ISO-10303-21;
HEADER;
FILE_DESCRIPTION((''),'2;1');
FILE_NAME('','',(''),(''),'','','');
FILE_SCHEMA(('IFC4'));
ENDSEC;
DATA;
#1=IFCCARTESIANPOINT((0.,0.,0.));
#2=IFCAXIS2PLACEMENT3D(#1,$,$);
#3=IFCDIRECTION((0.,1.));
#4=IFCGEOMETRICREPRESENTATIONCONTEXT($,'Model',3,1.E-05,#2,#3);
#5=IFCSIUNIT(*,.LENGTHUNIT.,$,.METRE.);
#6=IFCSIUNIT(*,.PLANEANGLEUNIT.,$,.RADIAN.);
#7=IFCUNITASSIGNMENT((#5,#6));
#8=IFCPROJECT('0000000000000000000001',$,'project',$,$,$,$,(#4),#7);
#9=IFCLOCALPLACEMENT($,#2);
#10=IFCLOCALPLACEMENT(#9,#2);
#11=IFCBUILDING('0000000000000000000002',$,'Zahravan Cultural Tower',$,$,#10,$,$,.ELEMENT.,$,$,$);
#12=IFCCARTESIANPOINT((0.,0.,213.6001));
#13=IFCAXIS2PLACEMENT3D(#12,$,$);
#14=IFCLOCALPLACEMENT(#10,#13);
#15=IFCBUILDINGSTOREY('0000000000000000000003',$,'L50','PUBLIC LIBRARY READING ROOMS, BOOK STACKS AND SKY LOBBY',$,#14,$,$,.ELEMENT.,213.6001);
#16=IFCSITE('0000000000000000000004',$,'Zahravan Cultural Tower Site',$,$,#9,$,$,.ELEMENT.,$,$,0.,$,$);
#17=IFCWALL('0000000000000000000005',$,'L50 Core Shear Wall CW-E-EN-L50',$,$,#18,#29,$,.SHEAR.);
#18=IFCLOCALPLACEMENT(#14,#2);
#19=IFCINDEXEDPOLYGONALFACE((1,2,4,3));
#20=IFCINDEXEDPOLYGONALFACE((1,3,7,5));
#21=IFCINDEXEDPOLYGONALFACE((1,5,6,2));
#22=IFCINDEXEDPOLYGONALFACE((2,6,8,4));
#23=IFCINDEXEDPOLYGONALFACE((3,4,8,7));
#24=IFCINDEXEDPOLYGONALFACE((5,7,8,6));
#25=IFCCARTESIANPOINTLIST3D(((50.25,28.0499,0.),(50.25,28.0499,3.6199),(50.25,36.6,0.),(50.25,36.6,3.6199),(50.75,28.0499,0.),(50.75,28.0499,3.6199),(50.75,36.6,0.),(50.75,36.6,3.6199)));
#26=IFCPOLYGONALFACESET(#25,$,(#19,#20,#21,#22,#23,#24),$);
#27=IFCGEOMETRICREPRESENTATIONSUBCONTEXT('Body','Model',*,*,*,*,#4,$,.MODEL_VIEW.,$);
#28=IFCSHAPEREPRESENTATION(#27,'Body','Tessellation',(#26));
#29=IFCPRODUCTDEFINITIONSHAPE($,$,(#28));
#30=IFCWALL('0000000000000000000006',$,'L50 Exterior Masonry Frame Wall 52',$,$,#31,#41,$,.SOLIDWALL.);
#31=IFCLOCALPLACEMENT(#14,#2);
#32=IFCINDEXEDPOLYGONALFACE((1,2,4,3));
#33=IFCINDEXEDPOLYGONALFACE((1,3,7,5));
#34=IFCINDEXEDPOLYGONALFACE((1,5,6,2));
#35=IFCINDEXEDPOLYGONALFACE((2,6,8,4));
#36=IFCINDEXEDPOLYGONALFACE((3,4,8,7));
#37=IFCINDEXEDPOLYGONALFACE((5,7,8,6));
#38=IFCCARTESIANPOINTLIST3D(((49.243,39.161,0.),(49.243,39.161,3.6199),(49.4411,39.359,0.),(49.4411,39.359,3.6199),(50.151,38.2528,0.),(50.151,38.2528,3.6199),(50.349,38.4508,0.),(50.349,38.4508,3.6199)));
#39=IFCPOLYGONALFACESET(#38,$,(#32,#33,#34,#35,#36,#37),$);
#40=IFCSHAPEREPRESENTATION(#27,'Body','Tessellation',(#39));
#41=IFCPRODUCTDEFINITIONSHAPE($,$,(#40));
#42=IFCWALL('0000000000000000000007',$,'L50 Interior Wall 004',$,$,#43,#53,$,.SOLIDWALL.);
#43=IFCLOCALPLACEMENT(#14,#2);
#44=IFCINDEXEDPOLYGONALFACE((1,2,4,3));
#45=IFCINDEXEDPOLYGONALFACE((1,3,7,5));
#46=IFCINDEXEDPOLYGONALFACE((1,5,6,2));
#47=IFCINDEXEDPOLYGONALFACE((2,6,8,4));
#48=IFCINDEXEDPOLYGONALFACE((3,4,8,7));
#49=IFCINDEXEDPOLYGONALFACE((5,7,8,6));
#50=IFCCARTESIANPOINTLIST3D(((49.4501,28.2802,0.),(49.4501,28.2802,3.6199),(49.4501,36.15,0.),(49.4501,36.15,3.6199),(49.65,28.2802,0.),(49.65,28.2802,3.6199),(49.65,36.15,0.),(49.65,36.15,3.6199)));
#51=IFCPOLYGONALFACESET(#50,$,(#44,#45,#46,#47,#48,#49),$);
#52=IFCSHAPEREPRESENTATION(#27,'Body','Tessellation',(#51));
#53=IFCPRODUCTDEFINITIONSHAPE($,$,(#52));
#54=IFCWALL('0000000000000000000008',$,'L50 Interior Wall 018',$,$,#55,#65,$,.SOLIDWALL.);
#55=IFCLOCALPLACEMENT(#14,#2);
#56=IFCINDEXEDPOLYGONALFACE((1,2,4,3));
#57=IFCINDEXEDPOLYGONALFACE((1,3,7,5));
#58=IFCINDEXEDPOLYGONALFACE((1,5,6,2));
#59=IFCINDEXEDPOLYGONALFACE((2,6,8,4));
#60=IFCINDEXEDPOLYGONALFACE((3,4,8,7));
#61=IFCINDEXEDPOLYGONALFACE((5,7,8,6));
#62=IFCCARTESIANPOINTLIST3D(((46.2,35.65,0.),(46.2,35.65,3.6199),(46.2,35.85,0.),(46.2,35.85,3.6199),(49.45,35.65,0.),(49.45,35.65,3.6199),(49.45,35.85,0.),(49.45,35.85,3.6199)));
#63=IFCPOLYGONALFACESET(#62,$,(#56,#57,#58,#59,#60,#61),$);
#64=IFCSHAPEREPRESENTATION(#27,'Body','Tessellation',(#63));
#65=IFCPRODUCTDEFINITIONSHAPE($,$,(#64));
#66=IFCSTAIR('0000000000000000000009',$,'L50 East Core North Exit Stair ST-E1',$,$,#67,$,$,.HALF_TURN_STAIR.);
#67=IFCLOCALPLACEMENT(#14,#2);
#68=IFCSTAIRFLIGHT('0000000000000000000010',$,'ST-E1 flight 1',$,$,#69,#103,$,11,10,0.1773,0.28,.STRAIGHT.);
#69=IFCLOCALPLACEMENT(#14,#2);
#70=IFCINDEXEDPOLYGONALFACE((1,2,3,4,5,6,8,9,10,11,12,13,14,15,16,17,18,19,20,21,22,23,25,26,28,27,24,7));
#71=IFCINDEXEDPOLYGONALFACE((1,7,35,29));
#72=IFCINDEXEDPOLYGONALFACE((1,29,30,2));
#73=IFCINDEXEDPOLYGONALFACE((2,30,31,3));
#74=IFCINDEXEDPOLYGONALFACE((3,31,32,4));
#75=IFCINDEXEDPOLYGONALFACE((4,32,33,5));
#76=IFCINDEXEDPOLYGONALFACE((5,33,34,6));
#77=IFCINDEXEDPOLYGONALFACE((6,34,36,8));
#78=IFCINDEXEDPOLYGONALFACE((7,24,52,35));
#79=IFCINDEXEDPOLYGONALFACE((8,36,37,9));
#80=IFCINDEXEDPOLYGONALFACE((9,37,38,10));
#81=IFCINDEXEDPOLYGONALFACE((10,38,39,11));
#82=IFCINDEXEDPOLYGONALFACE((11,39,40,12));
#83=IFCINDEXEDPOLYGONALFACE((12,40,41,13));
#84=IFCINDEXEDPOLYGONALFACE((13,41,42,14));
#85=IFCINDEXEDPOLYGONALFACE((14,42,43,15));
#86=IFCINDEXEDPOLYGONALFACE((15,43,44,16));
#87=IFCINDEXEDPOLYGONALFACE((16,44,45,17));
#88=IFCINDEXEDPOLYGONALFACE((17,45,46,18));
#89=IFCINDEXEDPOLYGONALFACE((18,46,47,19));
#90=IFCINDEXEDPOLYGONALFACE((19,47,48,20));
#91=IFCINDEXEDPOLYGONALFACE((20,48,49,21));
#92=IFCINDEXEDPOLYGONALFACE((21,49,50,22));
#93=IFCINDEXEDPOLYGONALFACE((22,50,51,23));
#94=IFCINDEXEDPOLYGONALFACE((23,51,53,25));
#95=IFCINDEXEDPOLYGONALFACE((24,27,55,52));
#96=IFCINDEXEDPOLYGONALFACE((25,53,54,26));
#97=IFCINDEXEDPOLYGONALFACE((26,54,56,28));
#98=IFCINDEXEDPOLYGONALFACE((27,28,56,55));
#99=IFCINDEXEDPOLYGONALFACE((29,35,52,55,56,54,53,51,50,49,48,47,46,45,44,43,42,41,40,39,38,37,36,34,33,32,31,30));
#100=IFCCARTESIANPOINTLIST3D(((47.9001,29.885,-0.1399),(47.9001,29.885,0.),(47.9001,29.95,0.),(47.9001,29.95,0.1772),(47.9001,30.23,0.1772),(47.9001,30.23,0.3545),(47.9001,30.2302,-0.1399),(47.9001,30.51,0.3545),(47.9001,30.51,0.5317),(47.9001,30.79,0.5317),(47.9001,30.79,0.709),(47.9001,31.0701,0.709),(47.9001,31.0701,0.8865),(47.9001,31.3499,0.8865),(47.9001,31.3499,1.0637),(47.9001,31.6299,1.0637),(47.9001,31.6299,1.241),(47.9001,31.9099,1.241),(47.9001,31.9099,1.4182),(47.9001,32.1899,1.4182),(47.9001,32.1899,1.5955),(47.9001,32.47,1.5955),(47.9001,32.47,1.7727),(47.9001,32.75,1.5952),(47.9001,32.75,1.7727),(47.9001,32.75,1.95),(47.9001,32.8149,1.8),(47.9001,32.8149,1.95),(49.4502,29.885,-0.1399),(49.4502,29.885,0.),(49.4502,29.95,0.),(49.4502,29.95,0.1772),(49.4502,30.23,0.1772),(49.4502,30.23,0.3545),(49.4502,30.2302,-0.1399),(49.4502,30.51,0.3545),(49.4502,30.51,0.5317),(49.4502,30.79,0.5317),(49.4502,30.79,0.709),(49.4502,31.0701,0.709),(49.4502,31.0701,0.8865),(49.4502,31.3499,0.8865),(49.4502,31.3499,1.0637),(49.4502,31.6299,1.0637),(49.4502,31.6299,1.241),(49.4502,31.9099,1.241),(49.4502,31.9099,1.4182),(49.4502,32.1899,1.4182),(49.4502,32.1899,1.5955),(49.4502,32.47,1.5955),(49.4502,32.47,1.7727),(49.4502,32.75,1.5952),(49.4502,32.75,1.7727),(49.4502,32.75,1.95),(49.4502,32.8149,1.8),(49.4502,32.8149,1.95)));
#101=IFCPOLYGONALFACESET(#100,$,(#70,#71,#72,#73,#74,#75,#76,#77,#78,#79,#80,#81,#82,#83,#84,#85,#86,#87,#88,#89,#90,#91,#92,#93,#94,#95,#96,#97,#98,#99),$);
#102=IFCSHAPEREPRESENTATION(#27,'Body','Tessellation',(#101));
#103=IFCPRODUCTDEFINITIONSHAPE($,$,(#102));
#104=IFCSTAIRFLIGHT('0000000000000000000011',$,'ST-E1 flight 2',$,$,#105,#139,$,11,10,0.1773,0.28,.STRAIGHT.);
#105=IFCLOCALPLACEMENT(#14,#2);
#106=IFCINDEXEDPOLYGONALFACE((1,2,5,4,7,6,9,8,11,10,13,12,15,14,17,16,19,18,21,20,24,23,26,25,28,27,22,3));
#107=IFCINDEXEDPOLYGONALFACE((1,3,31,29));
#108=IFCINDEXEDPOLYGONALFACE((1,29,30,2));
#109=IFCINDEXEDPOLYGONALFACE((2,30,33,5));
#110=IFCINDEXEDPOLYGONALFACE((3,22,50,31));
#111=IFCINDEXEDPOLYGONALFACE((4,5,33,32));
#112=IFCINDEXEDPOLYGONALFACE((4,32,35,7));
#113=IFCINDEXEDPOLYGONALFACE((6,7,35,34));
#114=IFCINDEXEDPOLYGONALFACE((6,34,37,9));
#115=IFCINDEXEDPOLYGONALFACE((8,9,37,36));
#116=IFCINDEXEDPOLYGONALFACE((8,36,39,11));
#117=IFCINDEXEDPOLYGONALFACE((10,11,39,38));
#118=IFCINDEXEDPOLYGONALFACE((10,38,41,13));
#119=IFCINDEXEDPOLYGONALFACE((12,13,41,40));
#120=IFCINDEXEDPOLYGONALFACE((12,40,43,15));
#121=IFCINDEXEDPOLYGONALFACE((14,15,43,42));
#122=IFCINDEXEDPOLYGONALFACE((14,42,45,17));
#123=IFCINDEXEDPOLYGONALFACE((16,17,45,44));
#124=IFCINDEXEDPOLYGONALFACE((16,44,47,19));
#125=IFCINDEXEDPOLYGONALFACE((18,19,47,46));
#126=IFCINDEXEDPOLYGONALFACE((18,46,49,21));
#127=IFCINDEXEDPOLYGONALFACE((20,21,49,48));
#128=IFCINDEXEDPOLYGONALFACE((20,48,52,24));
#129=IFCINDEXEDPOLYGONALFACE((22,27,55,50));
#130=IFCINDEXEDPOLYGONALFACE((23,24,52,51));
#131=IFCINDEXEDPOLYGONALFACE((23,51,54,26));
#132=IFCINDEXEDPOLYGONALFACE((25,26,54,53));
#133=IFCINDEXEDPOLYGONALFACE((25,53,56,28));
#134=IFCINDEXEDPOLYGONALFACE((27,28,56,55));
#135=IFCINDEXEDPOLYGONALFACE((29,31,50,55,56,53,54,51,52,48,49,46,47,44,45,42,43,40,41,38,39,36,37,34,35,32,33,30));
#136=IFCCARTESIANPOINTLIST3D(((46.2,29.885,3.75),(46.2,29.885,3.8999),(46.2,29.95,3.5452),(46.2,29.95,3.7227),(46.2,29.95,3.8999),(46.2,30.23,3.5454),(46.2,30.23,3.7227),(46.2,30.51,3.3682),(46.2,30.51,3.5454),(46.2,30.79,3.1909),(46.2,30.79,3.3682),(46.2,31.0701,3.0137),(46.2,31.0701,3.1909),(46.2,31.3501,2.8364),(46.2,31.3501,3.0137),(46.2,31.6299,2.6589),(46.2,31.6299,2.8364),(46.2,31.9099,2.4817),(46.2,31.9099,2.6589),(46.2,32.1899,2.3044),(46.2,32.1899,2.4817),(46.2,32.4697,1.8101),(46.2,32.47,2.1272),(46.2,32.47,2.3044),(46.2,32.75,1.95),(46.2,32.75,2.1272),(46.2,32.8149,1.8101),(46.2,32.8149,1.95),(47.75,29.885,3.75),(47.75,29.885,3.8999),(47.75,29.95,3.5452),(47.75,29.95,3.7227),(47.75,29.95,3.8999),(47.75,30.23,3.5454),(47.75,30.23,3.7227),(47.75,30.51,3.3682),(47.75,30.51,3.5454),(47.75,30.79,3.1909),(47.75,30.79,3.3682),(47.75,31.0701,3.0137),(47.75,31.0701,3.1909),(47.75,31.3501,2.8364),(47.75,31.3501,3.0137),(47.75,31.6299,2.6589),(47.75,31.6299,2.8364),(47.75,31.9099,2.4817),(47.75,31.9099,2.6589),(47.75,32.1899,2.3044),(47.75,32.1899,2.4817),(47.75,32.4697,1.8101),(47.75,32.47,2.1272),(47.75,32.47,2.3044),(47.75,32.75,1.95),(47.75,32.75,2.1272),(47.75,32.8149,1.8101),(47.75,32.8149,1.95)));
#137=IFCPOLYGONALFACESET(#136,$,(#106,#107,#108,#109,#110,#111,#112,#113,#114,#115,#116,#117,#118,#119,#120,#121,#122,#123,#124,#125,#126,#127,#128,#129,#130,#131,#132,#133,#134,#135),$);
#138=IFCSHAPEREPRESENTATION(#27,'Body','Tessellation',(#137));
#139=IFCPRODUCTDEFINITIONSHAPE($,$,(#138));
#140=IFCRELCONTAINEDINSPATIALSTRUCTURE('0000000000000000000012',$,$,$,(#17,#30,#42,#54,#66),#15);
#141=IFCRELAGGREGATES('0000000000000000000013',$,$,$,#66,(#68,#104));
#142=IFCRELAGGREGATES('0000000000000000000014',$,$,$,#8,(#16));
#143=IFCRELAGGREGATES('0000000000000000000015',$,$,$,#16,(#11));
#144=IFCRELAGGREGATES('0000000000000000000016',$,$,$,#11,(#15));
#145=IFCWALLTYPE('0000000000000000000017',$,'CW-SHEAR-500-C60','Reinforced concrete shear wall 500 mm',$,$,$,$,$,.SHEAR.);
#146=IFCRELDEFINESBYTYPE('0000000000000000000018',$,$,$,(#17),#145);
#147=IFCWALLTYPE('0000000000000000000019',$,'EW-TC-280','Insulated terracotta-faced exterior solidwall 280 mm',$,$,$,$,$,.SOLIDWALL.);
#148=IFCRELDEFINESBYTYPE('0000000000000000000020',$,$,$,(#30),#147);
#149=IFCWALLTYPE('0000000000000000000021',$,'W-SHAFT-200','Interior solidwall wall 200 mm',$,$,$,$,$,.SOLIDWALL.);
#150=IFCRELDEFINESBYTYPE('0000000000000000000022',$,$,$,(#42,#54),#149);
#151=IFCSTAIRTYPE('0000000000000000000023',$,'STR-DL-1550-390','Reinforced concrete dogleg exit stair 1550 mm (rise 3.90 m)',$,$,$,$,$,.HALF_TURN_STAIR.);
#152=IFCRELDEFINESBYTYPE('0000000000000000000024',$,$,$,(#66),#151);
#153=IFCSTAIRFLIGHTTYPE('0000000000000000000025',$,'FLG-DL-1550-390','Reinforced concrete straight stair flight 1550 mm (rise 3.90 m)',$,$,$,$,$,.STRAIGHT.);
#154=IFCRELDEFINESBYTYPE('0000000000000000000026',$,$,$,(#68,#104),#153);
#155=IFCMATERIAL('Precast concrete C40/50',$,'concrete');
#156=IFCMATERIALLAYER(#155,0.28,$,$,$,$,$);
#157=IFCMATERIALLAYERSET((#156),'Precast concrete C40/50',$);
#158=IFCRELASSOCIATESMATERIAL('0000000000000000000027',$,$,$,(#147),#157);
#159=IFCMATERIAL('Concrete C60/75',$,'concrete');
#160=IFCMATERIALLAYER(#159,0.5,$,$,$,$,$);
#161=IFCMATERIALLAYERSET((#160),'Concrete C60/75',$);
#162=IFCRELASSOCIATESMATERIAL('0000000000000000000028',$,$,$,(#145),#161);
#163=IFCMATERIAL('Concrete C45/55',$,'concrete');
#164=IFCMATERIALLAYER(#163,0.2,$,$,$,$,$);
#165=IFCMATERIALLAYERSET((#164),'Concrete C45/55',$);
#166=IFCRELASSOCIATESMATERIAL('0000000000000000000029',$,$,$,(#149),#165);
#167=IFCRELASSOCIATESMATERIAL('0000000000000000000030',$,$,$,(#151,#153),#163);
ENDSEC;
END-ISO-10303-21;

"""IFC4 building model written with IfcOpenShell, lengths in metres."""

from ifc_helpers import new_model, si_unit, direction, frame, frame_2d, origin, place, context, subcontext, project, spatial, polyline, rectangle, outline, extrude, source, transform, mapped, material, layer, layer_set, type_object, element, aggregate, save


model = new_model("IFC4")

# Units and contexts
model_context = context("Model", 3, precision=1e-05, world=origin(), true_north=direction((0.0, 1.0)))
body_context = subcontext(model_context, "Body", "Model", "MODEL_VIEW")
ifc_project = project(units=[si_unit("LENGTHUNIT", "METRE"), si_unit("PLANEANGLEUNIT", "RADIAN")], contexts=[model_context])

# Site, building, storey
site_placement = place(None, origin())
site = spatial("IfcSite", under=ifc_project, at=site_placement, Name="Zahravan Cultural Tower Site", CompositionType="ELEMENT", RefElevation=0.0)
building_placement = place(site_placement, origin())
building = spatial("IfcBuilding", under=site, at=building_placement, Name="Zahravan Cultural Tower", CompositionType="ELEMENT")
storey_placement = place(building_placement, frame((0.0, 0.0, 213.6001)))
storey = spatial("IfcBuildingStorey", under=building, at=storey_placement, Name="L50", Description="PUBLIC LIBRARY READING ROOMS, BOOK STACKS AND SKY LOBBY", CompositionType="ELEMENT", Elevation=213.6001)

# Shared definitions
ifc_material_1 = material(Name="Precast concrete C40/50", Category="concrete")
ifc_layer_1 = layer(ifc_material_1, 0.28)
ifc_layer_set_1 = layer_set([ifc_layer_1], Name="Precast concrete C40/50")
wall_type_1 = type_object("IfcWallType", Name="EW-TC-280", Description="Insulated terracotta-faced exterior solidwall 280 mm", PredefinedType="SOLIDWALL", material=ifc_layer_set_1)

# Walls
ifc_material_2 = material(Name="Concrete C60/75", Category="concrete")
ifc_layer_2 = layer(ifc_material_2, 0.5)
ifc_layer_set_2 = layer_set([ifc_layer_2], Name="Concrete C60/75")
wall_type_2 = type_object("IfcWallType", Name="CW-SHEAR-500-C60", Description="Reinforced concrete shear wall 500 mm", PredefinedType="SHEAR", material=ifc_layer_set_2)
shared_shape_1 = source(origin(), body_context, "Body", "SweptSolid", [
    extrude(rectangle(XDim=8.55, YDim=0.5, at=frame_2d((4.2749, 0.0))), origin(), (0.0, 0.0, 1.0), 3.6199),
])
wall_1_placement = place(storey_placement, frame((50.5, 28.05, 0.0), z_axis=(0.0, 0.0, 1.0), x_axis=(0.0, 1.0, 0.0)))
element("IfcWall", 1, at=wall_1_placement, inside=storey, type_object=wall_type_2, Name="L50 Core Shear Wall CW-E-EN-L50", PredefinedType="SHEAR", context=body_context, shape_type="MappedRepresentation", body=[
    mapped(shared_shape_1, transform((0.0, 0.0, 0.0), x_axis=(1.0, 0.0, 0.0), y_axis=(0.0, 1.0, 0.0), z_axis=(0.0, 0.0, 1.0), scale=1.0)),
])
shared_shape_2 = source(origin(), body_context, "Body", "SweptSolid", [
    extrude(rectangle(XDim=1.2842, YDim=0.28, at=frame_2d((0.6421, 0.0))), origin(), (0.0, 0.0, 1.0), 3.6199),
])
wall_2_placement = place(storey_placement, frame((49.342, 39.26, 0.0), z_axis=(0.0, 0.0, 1.0), x_axis=(0.707012, -0.707202, 0.0)))
element("IfcWall", 2, at=wall_2_placement, inside=storey, type_object=wall_type_1, Name="L50 Exterior Masonry Frame Wall 52", PredefinedType="SOLIDWALL", context=body_context, shape_type="MappedRepresentation", body=[
    mapped(shared_shape_2, transform((0.0, 0.0, 0.0), x_axis=(1.0, 0.0, 0.0), y_axis=(0.0, 1.0, 0.0), z_axis=(0.0, 0.0, 1.0), scale=1.0)),
])
ifc_material_3 = material(Name="Concrete C45/55", Category="concrete")
ifc_layer_3 = layer(ifc_material_3, 0.2)
ifc_layer_set_3 = layer_set([ifc_layer_3], Name="Concrete C45/55")
wall_type_3 = type_object("IfcWallType", Name="W-SHAFT-200", Description="Interior solidwall wall 200 mm", PredefinedType="SOLIDWALL", material=ifc_layer_set_3)
shared_shape_3 = source(origin(), body_context, "Body", "SweptSolid", [
    extrude(rectangle(XDim=7.8699, YDim=0.2, at=frame_2d((3.9351, 0.0))), origin(), (0.0, 0.0, 1.0), 3.6199),
])
wall_3_placement = place(storey_placement, frame((49.55, 28.28, 0.0), z_axis=(0.0, 0.0, 1.0), x_axis=(0.0, 1.0, 0.0)))
element("IfcWall", 3, at=wall_3_placement, inside=storey, type_object=wall_type_3, Name="L50 Interior Wall 004", PredefinedType="SOLIDWALL", context=body_context, shape_type="MappedRepresentation", body=[
    mapped(shared_shape_3, transform((0.0, 0.0, 0.0), x_axis=(1.0, 0.0, 0.0), y_axis=(0.0, 1.0, 0.0), z_axis=(0.0, 0.0, 1.0), scale=1.0)),
])
shared_shape_4 = source(origin(), body_context, "Body", "SweptSolid", [
    extrude(rectangle(XDim=3.25, YDim=0.2, at=frame_2d((1.625, 0.0))), origin(), (0.0, 0.0, 1.0), 3.6199),
])
wall_4_placement = place(storey_placement, frame((46.2, 35.75, 0.0), z_axis=(0.0, 0.0, 1.0), x_axis=(1.0, 0.0, 0.0)))
element("IfcWall", 4, at=wall_4_placement, inside=storey, type_object=wall_type_3, Name="L50 Interior Wall 018", PredefinedType="SOLIDWALL", context=body_context, shape_type="MappedRepresentation", body=[
    mapped(shared_shape_4, transform((0.0, 0.0, 0.0), x_axis=(1.0, 0.0, 0.0), y_axis=(0.0, 1.0, 0.0), z_axis=(0.0, 0.0, 1.0), scale=1.0)),
])

# Stair, stair flights
stair_type = type_object("IfcStairType", Name="STR-DL-1550-390", Description="Reinforced concrete dogleg exit stair 1550 mm (rise 3.90 m)", PredefinedType="HALF_TURN_STAIR", material=ifc_material_3)
stair_placement = place(storey_placement, origin())
stair = element("IfcStair", 5, at=stair_placement, inside=storey, type_object=stair_type, Name="L50 East Core North Exit Stair ST-E1", PredefinedType="HALF_TURN_STAIR")
stair_flight_type = type_object("IfcStairFlightType", Name="FLG-DL-1550-390", Description="Reinforced concrete straight stair flight 1550 mm (rise 3.90 m)", PredefinedType="STRAIGHT", material=ifc_material_3)
stair_flight_1_placement = place(storey_placement, frame((48.675, 29.95, 0.0), z_axis=(0.0, 0.0, 1.0), x_axis=(0.0, 1.0, 0.0)))
stair_flight_1 = element("IfcStairFlight", 6, at=stair_flight_1_placement, type_object=stair_flight_type, Name="ST-E1 flight 1", NumberOfRisers=11, NumberOfTreads=10, PredefinedType="STRAIGHT", RiserHeight=0.1773, TreadLength=0.28, context=body_context, shape_type="SweptSolid", body=[
    extrude(outline(polyline([(-0.0649, -0.1399), (-0.0649, 0.0), (0.0, 0.0), (0.0, 0.1772), (0.28, 0.1772), (0.28, 0.3545), (0.5601, 0.3545), (0.5601, 0.5317), (0.8401, 0.5317), (0.8401, 0.709), (1.1201, 0.709), (1.1201, 0.8865), (1.3999, 0.8865), (1.3999, 1.0637), (1.6799, 1.0637), (1.6799, 1.241), (1.96, 1.241), (1.96, 1.4182), (2.24, 1.4182), (2.24, 1.5955), (2.52, 1.5955), (2.52, 1.7727), (2.8, 1.7727), (2.8, 1.95), (2.865, 1.95), (2.865, 1.8), (2.8, 1.5952), (0.2803, -0.1399), (-0.0649, -0.1399)])), frame((0.0, 0.7749, 0.0), z_axis=(0.0, -1.0, 0.0), x_axis=(1.0, 0.0, 0.0)), (0.0, 0.0, 1.0), 1.55),
])
stair_flight_2_placement = place(storey_placement, frame((46.9751, 32.75, 1.95), z_axis=(0.0, 0.0, 1.0), x_axis=(0.0, -1.0, 0.0)))
stair_flight_2 = element("IfcStairFlight", 7, at=stair_flight_2_placement, type_object=stair_flight_type, Name="ST-E1 flight 2", NumberOfRisers=11, NumberOfTreads=10, PredefinedType="STRAIGHT", RiserHeight=0.1773, TreadLength=0.28, context=body_context, shape_type="SweptSolid", body=[
    extrude(outline(polyline([(-0.0649, -0.1399), (-0.0649, 0.0), (0.0, 0.0), (0.0, 0.1772), (0.28, 0.1772), (0.28, 0.3545), (0.5601, 0.3545), (0.5601, 0.5317), (0.8401, 0.5317), (0.8401, 0.709), (1.1201, 0.709), (1.1201, 0.8865), (1.3999, 0.8865), (1.3999, 1.0637), (1.6799, 1.0637), (1.6799, 1.241), (1.96, 1.241), (1.96, 1.4182), (2.24, 1.4182), (2.24, 1.5955), (2.52, 1.5955), (2.52, 1.7727), (2.8, 1.7727), (2.8, 1.95), (2.865, 1.95), (2.865, 1.8), (2.8, 1.5952), (0.2803, -0.1399), (-0.0649, -0.1399)])), frame((0.0, 0.7749, 0.0), z_axis=(0.0, -1.0, 0.0), x_axis=(1.0, 0.0, 0.0)), (0.0, 0.0, 1.0), 1.55),
])
aggregate(stair, [stair_flight_1, stair_flight_2])

save(model, "model.ifc")
